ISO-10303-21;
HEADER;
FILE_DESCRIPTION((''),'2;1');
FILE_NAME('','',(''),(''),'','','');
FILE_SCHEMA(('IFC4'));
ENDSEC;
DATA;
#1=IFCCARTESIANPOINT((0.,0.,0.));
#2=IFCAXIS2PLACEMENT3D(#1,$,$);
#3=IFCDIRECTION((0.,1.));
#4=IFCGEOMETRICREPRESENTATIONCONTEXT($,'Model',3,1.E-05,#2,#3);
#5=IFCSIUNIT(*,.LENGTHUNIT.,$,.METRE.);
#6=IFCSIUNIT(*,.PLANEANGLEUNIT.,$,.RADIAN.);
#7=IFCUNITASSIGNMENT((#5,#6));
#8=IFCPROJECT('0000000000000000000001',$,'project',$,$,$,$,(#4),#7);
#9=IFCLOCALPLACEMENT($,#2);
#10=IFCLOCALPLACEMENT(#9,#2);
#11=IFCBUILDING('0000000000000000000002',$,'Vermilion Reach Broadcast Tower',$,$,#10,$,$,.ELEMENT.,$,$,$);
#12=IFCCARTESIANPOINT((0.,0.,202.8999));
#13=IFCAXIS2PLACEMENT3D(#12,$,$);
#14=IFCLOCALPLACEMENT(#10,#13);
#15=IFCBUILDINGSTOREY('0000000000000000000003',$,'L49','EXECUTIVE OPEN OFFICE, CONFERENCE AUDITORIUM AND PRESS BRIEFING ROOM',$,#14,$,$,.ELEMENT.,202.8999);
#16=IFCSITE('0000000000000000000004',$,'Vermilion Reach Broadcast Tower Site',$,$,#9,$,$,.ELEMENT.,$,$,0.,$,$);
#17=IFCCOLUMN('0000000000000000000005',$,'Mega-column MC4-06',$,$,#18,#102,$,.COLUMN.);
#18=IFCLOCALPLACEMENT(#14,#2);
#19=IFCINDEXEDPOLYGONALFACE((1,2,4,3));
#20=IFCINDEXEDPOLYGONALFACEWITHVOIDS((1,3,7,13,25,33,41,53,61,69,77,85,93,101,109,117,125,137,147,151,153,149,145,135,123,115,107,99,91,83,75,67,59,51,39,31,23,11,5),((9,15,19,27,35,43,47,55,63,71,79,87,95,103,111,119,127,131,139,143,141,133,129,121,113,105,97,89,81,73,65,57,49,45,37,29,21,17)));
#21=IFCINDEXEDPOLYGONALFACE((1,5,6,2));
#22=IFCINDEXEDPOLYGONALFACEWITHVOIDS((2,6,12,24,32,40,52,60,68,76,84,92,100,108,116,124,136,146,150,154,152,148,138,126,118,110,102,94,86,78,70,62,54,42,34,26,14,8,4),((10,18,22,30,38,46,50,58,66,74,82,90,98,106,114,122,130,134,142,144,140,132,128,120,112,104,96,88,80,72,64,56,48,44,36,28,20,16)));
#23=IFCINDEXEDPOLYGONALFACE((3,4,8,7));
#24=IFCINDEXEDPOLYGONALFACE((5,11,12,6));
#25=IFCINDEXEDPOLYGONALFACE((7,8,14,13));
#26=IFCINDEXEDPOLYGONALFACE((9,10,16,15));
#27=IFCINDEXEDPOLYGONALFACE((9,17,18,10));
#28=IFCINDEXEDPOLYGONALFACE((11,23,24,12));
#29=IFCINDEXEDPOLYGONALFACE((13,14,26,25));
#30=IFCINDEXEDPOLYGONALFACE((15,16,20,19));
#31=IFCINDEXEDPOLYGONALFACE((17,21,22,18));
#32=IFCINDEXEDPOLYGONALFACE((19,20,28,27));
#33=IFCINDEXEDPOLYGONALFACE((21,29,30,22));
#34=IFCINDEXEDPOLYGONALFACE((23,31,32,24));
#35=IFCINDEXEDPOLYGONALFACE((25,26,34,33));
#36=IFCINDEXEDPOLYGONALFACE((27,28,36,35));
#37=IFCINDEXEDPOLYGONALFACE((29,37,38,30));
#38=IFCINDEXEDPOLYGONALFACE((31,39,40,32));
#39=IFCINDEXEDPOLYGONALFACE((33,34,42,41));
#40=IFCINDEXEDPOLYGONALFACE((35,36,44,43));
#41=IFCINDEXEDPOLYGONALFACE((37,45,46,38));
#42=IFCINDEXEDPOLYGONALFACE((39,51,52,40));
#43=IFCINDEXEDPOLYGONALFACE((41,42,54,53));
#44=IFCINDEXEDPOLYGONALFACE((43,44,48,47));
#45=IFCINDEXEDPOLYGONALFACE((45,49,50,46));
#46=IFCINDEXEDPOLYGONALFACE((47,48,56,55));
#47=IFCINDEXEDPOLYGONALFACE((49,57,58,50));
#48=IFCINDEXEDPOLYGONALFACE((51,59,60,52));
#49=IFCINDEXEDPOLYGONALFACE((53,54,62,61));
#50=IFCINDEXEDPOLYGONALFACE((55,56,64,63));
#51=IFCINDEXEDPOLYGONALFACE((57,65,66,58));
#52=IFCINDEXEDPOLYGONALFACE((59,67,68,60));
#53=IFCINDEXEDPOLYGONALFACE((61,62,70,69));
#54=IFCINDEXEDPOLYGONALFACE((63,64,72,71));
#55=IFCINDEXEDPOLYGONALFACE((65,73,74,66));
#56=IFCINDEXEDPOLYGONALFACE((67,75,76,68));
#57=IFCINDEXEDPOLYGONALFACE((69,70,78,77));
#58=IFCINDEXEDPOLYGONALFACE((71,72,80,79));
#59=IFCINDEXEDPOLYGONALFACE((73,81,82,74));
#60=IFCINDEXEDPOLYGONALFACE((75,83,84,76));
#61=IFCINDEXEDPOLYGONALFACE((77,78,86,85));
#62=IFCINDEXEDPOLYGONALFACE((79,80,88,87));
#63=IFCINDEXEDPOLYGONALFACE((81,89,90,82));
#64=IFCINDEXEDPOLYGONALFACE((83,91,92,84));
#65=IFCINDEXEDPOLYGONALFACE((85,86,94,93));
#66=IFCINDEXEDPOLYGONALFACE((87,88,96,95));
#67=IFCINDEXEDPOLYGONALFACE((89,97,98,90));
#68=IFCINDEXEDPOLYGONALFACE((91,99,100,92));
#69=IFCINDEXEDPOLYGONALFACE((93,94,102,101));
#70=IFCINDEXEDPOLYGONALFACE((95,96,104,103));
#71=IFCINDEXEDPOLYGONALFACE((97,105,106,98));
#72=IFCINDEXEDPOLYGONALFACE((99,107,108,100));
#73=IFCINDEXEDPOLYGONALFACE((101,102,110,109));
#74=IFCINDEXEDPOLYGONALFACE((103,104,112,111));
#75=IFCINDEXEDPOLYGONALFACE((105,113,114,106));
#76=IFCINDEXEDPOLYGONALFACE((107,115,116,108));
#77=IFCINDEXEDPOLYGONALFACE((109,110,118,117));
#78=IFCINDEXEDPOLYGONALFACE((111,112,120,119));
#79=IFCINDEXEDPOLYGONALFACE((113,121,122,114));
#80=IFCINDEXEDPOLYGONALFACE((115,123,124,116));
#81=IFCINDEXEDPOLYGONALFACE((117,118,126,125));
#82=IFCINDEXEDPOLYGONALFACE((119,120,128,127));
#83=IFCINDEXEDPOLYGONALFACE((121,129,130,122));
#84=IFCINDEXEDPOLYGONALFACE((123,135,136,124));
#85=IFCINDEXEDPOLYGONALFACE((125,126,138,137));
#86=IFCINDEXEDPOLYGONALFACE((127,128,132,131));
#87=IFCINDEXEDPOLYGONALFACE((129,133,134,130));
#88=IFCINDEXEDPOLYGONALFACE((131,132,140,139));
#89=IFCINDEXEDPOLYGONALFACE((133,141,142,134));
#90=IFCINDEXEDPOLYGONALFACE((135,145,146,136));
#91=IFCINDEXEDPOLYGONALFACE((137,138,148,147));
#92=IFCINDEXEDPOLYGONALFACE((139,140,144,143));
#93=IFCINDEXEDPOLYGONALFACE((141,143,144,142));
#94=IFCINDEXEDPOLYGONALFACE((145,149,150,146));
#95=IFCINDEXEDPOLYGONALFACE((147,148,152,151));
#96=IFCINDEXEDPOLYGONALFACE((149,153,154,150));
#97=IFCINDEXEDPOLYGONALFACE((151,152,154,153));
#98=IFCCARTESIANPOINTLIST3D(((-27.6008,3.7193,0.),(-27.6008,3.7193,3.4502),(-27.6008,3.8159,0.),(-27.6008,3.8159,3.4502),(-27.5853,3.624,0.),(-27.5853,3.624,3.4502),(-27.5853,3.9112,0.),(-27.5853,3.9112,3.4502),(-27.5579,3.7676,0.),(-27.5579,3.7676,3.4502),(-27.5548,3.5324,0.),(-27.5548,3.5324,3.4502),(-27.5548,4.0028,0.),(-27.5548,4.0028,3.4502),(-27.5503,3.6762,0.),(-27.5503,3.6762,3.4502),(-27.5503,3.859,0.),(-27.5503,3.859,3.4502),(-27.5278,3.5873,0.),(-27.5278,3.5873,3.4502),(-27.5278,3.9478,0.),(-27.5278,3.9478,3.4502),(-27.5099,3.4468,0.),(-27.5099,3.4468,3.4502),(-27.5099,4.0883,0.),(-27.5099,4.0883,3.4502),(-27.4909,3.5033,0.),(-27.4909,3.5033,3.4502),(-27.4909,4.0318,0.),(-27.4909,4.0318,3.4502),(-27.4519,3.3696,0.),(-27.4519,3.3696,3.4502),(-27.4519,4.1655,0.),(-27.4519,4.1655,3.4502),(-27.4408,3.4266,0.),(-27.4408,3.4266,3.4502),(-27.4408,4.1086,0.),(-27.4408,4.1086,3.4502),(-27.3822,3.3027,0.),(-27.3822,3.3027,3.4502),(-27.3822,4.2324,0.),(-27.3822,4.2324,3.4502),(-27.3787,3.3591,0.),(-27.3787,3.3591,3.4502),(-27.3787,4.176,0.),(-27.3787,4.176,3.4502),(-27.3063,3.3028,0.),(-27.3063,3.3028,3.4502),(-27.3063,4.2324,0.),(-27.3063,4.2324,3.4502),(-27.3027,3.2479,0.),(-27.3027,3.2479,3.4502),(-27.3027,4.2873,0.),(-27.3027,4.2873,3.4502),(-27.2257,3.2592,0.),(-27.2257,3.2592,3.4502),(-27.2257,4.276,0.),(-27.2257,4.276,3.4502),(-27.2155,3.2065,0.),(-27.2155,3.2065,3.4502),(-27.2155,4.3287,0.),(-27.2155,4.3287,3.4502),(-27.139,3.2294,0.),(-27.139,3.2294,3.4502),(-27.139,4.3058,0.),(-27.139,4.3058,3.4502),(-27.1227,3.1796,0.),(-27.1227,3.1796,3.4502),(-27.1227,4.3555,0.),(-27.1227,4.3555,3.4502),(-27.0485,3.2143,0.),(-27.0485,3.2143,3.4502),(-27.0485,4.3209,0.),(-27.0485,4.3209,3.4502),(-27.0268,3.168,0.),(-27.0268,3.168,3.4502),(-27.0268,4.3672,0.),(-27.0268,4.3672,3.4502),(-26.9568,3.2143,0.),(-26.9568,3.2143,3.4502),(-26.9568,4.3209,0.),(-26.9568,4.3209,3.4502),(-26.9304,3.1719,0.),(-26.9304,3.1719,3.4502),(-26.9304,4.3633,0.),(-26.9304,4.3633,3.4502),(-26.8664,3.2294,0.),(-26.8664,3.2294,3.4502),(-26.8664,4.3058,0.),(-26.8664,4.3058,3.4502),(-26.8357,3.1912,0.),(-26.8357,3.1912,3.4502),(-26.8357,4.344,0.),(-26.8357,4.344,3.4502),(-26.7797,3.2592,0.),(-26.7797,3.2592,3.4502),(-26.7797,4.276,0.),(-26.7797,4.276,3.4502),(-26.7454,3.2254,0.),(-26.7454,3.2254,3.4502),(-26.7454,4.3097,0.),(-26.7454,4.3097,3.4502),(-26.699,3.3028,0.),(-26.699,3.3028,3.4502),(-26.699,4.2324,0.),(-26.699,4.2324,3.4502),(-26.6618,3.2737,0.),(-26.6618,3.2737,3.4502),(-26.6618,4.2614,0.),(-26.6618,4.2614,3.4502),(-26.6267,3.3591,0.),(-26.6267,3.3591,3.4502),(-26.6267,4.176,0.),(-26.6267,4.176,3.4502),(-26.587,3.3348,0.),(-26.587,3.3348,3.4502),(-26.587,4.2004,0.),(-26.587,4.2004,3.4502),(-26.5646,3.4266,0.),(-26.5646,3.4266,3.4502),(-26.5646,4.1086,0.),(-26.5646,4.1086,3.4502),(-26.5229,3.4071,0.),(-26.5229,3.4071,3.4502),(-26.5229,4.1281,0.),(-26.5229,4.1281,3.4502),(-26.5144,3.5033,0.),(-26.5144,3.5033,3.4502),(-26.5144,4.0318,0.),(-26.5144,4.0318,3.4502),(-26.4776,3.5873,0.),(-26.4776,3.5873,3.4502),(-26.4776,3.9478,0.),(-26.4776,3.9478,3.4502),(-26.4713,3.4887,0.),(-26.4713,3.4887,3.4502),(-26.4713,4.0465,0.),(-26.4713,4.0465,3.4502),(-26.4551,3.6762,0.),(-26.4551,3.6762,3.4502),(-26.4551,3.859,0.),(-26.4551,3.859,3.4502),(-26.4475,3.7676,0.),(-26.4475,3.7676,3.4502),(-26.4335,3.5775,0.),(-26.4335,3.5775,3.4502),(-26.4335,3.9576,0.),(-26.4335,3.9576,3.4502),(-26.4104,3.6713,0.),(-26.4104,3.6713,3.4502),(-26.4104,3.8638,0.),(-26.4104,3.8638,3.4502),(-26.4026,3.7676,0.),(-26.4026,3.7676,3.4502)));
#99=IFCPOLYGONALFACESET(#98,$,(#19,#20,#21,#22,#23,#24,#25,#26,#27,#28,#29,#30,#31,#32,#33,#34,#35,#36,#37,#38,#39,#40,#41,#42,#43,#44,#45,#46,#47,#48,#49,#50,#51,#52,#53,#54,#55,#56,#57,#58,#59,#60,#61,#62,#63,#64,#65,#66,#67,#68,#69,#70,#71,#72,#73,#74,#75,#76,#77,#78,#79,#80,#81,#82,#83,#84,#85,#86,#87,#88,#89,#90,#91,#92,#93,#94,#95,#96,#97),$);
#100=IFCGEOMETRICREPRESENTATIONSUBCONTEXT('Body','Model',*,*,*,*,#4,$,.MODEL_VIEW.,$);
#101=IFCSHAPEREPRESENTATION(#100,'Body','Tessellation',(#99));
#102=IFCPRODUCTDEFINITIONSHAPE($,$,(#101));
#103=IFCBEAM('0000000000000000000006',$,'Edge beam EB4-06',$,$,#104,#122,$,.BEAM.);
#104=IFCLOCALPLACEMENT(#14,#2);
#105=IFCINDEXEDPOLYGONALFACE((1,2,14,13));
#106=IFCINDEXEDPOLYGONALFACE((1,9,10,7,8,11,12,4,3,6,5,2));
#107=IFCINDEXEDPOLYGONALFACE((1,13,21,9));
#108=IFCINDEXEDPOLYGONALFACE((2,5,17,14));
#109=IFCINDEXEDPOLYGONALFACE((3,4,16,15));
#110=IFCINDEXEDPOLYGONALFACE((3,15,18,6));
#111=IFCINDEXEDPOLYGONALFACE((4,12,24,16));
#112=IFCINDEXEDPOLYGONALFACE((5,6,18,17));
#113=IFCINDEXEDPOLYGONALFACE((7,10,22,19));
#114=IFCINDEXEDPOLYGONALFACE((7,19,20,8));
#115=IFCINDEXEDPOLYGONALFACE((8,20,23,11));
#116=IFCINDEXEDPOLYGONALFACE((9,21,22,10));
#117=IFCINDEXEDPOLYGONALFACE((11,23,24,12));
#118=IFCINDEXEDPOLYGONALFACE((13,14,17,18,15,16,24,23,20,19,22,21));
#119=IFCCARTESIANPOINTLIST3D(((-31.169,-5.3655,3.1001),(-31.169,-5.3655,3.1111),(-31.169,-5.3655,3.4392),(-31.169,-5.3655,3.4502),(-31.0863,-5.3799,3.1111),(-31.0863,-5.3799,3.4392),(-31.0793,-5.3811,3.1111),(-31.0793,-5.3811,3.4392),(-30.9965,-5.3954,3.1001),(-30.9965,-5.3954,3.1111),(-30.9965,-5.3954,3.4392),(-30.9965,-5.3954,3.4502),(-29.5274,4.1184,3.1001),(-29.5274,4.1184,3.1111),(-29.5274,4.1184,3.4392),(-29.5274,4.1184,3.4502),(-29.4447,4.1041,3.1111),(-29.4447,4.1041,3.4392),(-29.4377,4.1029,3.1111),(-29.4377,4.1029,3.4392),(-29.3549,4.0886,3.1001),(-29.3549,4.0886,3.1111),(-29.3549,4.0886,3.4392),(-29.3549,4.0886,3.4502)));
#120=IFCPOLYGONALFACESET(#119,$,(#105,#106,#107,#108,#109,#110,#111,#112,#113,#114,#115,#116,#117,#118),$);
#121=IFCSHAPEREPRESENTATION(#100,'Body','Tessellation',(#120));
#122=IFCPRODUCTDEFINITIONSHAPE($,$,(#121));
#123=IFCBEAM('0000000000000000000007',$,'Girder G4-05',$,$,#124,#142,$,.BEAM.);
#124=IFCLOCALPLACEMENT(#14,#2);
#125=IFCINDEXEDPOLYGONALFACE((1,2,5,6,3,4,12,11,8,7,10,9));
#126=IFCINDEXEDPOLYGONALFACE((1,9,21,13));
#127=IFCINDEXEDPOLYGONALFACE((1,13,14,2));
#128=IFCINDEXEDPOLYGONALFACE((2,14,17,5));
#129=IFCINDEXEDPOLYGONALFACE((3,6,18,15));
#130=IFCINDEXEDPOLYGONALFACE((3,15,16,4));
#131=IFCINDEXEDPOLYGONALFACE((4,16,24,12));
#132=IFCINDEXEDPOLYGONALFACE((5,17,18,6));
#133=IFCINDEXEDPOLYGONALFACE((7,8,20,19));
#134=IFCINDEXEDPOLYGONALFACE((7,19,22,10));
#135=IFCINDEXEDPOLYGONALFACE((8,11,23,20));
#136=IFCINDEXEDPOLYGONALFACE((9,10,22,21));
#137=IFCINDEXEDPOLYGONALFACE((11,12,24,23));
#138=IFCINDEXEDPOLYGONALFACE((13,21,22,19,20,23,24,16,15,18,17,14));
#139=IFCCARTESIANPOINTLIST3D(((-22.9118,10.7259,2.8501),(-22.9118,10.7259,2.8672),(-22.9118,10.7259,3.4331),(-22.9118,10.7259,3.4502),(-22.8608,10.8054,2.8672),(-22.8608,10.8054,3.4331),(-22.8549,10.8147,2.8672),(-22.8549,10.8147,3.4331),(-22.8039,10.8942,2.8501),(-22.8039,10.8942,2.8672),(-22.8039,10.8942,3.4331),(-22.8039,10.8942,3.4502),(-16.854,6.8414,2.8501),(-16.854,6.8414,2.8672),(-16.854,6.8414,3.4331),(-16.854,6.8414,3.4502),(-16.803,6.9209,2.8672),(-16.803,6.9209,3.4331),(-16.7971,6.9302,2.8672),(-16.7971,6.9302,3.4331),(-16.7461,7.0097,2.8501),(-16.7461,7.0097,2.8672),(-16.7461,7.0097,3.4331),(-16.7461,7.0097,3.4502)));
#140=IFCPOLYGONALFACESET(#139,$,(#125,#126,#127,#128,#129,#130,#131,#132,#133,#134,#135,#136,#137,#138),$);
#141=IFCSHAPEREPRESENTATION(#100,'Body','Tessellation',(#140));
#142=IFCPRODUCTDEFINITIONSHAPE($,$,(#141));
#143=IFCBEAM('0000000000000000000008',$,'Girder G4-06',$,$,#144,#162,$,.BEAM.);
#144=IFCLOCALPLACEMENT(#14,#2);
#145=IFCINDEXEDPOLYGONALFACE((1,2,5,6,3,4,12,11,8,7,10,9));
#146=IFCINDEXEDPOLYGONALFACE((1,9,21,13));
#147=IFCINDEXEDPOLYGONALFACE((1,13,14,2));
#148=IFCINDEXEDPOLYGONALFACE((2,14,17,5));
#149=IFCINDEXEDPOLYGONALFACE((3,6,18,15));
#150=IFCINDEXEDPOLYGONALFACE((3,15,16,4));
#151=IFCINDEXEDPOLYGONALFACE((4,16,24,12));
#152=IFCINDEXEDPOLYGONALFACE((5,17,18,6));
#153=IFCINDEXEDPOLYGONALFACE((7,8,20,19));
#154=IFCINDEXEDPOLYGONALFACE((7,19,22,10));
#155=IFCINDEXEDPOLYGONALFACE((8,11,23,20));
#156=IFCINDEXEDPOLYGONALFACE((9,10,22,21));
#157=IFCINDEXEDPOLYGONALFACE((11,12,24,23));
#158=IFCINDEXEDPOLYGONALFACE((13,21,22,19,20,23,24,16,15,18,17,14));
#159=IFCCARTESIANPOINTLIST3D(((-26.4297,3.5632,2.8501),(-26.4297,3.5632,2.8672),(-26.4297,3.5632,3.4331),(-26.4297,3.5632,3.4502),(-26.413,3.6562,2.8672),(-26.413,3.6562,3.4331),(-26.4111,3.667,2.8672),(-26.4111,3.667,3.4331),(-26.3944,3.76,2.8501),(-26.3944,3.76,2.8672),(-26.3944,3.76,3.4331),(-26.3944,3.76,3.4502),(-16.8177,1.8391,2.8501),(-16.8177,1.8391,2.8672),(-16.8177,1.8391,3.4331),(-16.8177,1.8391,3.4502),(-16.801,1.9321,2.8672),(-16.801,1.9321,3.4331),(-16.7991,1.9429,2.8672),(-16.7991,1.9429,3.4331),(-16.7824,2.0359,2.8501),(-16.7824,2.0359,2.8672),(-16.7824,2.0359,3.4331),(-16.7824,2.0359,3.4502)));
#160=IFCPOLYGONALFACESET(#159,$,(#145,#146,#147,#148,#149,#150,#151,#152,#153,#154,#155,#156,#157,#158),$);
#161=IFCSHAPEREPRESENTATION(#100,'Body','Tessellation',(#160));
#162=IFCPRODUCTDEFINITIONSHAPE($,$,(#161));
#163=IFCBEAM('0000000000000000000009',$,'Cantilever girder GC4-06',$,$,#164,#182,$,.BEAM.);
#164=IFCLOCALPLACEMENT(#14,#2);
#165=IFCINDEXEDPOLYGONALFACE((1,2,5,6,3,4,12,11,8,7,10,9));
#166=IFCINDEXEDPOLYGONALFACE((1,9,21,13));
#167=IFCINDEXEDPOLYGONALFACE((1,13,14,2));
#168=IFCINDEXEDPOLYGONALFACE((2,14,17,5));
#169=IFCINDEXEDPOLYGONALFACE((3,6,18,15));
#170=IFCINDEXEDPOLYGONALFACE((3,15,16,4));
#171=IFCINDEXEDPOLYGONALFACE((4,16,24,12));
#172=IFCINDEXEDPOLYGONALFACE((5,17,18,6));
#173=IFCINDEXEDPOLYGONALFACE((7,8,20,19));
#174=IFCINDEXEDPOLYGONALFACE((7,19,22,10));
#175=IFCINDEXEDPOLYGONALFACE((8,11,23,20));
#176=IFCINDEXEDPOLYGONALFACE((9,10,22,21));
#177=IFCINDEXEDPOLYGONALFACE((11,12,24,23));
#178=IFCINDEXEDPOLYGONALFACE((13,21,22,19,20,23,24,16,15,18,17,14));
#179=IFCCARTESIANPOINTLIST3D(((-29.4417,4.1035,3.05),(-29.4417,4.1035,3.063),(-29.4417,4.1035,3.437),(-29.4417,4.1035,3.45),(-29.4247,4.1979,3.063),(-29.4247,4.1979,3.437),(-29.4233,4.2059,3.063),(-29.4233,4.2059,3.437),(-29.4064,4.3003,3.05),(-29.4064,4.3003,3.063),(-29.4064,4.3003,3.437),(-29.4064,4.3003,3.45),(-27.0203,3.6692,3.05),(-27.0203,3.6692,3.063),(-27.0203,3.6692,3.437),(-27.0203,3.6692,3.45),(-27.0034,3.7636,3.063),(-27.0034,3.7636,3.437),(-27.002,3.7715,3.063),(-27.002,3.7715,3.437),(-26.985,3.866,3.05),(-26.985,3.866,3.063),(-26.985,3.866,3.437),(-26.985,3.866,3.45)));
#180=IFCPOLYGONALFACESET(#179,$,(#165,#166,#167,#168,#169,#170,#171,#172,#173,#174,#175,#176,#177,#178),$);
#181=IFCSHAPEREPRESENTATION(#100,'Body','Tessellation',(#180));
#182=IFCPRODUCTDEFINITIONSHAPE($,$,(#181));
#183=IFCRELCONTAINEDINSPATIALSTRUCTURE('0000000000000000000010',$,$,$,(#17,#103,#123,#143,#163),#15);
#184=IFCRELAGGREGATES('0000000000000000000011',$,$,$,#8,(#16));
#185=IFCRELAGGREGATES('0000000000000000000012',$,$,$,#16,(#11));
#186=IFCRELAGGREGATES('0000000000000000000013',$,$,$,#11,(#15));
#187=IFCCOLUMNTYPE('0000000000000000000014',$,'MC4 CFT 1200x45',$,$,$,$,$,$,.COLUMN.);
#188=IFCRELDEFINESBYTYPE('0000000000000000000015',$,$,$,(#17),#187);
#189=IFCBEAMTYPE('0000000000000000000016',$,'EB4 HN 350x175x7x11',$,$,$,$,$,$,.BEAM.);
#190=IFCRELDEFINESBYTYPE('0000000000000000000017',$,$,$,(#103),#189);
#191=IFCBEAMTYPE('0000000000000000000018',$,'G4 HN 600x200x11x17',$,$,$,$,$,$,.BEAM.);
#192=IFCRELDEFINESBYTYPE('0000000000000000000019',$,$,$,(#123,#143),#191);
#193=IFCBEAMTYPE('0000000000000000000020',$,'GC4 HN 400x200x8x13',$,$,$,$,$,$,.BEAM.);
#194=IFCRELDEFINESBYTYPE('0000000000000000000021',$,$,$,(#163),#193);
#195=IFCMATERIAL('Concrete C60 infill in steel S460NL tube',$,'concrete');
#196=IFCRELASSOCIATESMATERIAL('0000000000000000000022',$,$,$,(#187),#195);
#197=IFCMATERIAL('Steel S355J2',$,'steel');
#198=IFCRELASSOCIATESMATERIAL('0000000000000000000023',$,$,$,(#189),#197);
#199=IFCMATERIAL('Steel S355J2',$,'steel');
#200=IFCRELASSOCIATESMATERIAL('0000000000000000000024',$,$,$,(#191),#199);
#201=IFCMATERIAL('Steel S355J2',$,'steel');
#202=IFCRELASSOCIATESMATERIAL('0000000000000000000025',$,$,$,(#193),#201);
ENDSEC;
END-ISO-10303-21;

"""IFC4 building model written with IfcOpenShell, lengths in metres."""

from ifc_helpers import new_model, si_unit, direction, frame, origin, origin_2d, place, context, subcontext, project, spatial, hollow_circle, i_section, extrude, material, material_profile, profile_set, type_object, element, save


model = new_model("IFC4")

# Units and contexts
model_context = context("Model", 3, precision=1e-05, world=origin(), true_north=direction((0.0, 1.0)))
body_context = subcontext(model_context, "Body", "Model", "MODEL_VIEW")
ifc_project = project(units=[si_unit("LENGTHUNIT", "METRE"), si_unit("PLANEANGLEUNIT", "RADIAN")], contexts=[model_context])

# Site, building, storey
site_placement = place(None, origin())
site = spatial("IfcSite", under=ifc_project, at=site_placement, Name="Vermilion Reach Broadcast Tower Site", CompositionType="ELEMENT", RefElevation=0.0)
building_placement = place(site_placement, origin())
building = spatial("IfcBuilding", under=site, at=building_placement, Name="Vermilion Reach Broadcast Tower", CompositionType="ELEMENT")
storey_placement = place(building_placement, frame((0.0, 0.0, 202.8999)))
storey = spatial("IfcBuildingStorey", under=building, at=storey_placement, Name="L49", Description="EXECUTIVE OPEN OFFICE, CONFERENCE AUDITORIUM AND PRESS BRIEFING ROOM", CompositionType="ELEMENT", Elevation=202.8999)

# Column
ifc_material_1 = material(Name="Concrete C60 infill in steel S460NL tube", Category="concrete")
ifc_material_profile_1 = material_profile(ifc_material_1, hollow_circle(Radius=0.6001, WallThickness=0.0449, at=origin_2d()), Name="Concrete C60 infill in steel S460NL tube CFT 1200x45")
ifc_profile_set_1 = profile_set([ifc_material_profile_1], Name="Concrete C60 infill in steel S460NL tube")
column_type = type_object("IfcColumnType", Name="MC4 CFT 1200x45", PredefinedType="COLUMN", material=ifc_profile_set_1)
column_placement = place(storey_placement, frame((-27.0027, 3.7676, 0.0), z_axis=(0.0, 0.0, 1.0), x_axis=(1.0, 0.0, 0.0)))
element("IfcColumn", 1, at=column_placement, inside=storey, type_object=column_type, Name="Mega-column MC4-06", PredefinedType="COLUMN", context=body_context, shape_type="SweptSolid", body=[
    extrude(hollow_circle(Radius=0.6001, WallThickness=0.0449, at=origin_2d()), origin(), (0.0, 0.0, 1.0), 3.4502),
])

# Beams
ifc_material_2 = material(Name="Steel S355J2", Category="steel")
ifc_material_profile_2 = material_profile(ifc_material_2, i_section(OverallWidth=0.175, OverallDepth=0.3501, WebThickness=0.0071, FlangeThickness=0.011, at=origin_2d()), Name="S355J2 HN 350x175x7x11")
ifc_profile_set_2 = profile_set([ifc_material_profile_2], Name="Steel S355J2")
beam_type_1 = type_object("IfcBeamType", Name="EB4 HN 350x175x7x11", PredefinedType="BEAM", material=ifc_profile_set_2)
beam_1_placement = place(storey_placement, frame((-29.4412, 4.1035, 3.2751), z_axis=(-0.170558, -0.985348, 0.0), x_axis=(0.985348, -0.170558, 0.0)))
element("IfcBeam", 2, at=beam_1_placement, inside=storey, type_object=beam_type_1, Name="Edge beam EB4-06", PredefinedType="BEAM", context=body_context, shape_type="SweptSolid", body=[
    extrude(i_section(OverallWidth=0.175, OverallDepth=0.3501, WebThickness=0.0071, FlangeThickness=0.011, at=origin_2d()), origin(), (0.0, 0.0, 1.0), 9.625),
])
ifc_material_3 = material(Name="Steel S355J2", Category="steel")
ifc_material_profile_3 = material_profile(ifc_material_3, i_section(OverallWidth=0.2, OverallDepth=0.6001, WebThickness=0.011, FlangeThickness=0.0171, at=origin_2d()), Name="S355J2 HN 600x200x11x17")
ifc_profile_set_3 = profile_set([ifc_material_profile_3], Name="Steel S355J2")
beam_type_2 = type_object("IfcBeamType", Name="G4 HN 600x200x11x17", PredefinedType="BEAM", material=ifc_profile_set_3)
beam_2_placement = place(storey_placement, frame((-16.8, 6.9255, 3.1501), z_axis=(-0.841799, 0.539792, 0.0), x_axis=(-0.539792, -0.841799, 0.0)))
element("IfcBeam", 3, at=beam_2_placement, inside=storey, type_object=beam_type_2, Name="Girder G4-05", PredefinedType="BEAM", context=body_context, shape_type="SweptSolid", body=[
    extrude(i_section(OverallWidth=0.2, OverallDepth=0.6001, WebThickness=0.011, FlangeThickness=0.0171, at=origin_2d()), origin(), (0.0, 0.0, 1.0), 7.1963),
])
beam_3_placement = place(storey_placement, frame((-16.8, 1.9375, 3.1501), z_axis=(-0.984291, 0.176553, 0.0), x_axis=(-0.176553, -0.984291, 0.0)))
element("IfcBeam", 4, at=beam_3_placement, inside=storey, type_object=beam_type_2, Name="Girder G4-06", PredefinedType="BEAM", context=body_context, shape_type="SweptSolid", body=[
    extrude(i_section(OverallWidth=0.2, OverallDepth=0.6001, WebThickness=0.011, FlangeThickness=0.0171, at=origin_2d()), origin(), (0.0, 0.0, 1.0), 9.7654),
])
ifc_material_4 = material(Name="Steel S355J2", Category="steel")
ifc_material_profile_4 = material_profile(ifc_material_4, i_section(OverallWidth=0.2, OverallDepth=0.3999, WebThickness=0.0081, FlangeThickness=0.0129, at=origin_2d()), Name="S355J2 HN 400x200x8x13")
ifc_profile_set_4 = profile_set([ifc_material_profile_4], Name="Steel S355J2")
beam_type_3 = type_object("IfcBeamType", Name="GC4 HN 400x200x8x13", PredefinedType="BEAM", material=ifc_profile_set_4)
beam_4_placement = place(storey_placement, frame((-27.0027, 3.7676, 3.25), z_axis=(-0.984291, 0.176553, 0.0), x_axis=(-0.176553, -0.984291, 0.0)))
element("IfcBeam", 5, at=beam_4_placement, inside=storey, type_object=beam_type_3, Name="Cantilever girder GC4-06", PredefinedType="BEAM", context=body_context, shape_type="SweptSolid", body=[
    extrude(i_section(OverallWidth=0.2, OverallDepth=0.3999, WebThickness=0.0081, FlangeThickness=0.0129, at=origin_2d()), origin(), (0.0, 0.0, 1.0), 2.46),
])

save(model, "model.ifc")
